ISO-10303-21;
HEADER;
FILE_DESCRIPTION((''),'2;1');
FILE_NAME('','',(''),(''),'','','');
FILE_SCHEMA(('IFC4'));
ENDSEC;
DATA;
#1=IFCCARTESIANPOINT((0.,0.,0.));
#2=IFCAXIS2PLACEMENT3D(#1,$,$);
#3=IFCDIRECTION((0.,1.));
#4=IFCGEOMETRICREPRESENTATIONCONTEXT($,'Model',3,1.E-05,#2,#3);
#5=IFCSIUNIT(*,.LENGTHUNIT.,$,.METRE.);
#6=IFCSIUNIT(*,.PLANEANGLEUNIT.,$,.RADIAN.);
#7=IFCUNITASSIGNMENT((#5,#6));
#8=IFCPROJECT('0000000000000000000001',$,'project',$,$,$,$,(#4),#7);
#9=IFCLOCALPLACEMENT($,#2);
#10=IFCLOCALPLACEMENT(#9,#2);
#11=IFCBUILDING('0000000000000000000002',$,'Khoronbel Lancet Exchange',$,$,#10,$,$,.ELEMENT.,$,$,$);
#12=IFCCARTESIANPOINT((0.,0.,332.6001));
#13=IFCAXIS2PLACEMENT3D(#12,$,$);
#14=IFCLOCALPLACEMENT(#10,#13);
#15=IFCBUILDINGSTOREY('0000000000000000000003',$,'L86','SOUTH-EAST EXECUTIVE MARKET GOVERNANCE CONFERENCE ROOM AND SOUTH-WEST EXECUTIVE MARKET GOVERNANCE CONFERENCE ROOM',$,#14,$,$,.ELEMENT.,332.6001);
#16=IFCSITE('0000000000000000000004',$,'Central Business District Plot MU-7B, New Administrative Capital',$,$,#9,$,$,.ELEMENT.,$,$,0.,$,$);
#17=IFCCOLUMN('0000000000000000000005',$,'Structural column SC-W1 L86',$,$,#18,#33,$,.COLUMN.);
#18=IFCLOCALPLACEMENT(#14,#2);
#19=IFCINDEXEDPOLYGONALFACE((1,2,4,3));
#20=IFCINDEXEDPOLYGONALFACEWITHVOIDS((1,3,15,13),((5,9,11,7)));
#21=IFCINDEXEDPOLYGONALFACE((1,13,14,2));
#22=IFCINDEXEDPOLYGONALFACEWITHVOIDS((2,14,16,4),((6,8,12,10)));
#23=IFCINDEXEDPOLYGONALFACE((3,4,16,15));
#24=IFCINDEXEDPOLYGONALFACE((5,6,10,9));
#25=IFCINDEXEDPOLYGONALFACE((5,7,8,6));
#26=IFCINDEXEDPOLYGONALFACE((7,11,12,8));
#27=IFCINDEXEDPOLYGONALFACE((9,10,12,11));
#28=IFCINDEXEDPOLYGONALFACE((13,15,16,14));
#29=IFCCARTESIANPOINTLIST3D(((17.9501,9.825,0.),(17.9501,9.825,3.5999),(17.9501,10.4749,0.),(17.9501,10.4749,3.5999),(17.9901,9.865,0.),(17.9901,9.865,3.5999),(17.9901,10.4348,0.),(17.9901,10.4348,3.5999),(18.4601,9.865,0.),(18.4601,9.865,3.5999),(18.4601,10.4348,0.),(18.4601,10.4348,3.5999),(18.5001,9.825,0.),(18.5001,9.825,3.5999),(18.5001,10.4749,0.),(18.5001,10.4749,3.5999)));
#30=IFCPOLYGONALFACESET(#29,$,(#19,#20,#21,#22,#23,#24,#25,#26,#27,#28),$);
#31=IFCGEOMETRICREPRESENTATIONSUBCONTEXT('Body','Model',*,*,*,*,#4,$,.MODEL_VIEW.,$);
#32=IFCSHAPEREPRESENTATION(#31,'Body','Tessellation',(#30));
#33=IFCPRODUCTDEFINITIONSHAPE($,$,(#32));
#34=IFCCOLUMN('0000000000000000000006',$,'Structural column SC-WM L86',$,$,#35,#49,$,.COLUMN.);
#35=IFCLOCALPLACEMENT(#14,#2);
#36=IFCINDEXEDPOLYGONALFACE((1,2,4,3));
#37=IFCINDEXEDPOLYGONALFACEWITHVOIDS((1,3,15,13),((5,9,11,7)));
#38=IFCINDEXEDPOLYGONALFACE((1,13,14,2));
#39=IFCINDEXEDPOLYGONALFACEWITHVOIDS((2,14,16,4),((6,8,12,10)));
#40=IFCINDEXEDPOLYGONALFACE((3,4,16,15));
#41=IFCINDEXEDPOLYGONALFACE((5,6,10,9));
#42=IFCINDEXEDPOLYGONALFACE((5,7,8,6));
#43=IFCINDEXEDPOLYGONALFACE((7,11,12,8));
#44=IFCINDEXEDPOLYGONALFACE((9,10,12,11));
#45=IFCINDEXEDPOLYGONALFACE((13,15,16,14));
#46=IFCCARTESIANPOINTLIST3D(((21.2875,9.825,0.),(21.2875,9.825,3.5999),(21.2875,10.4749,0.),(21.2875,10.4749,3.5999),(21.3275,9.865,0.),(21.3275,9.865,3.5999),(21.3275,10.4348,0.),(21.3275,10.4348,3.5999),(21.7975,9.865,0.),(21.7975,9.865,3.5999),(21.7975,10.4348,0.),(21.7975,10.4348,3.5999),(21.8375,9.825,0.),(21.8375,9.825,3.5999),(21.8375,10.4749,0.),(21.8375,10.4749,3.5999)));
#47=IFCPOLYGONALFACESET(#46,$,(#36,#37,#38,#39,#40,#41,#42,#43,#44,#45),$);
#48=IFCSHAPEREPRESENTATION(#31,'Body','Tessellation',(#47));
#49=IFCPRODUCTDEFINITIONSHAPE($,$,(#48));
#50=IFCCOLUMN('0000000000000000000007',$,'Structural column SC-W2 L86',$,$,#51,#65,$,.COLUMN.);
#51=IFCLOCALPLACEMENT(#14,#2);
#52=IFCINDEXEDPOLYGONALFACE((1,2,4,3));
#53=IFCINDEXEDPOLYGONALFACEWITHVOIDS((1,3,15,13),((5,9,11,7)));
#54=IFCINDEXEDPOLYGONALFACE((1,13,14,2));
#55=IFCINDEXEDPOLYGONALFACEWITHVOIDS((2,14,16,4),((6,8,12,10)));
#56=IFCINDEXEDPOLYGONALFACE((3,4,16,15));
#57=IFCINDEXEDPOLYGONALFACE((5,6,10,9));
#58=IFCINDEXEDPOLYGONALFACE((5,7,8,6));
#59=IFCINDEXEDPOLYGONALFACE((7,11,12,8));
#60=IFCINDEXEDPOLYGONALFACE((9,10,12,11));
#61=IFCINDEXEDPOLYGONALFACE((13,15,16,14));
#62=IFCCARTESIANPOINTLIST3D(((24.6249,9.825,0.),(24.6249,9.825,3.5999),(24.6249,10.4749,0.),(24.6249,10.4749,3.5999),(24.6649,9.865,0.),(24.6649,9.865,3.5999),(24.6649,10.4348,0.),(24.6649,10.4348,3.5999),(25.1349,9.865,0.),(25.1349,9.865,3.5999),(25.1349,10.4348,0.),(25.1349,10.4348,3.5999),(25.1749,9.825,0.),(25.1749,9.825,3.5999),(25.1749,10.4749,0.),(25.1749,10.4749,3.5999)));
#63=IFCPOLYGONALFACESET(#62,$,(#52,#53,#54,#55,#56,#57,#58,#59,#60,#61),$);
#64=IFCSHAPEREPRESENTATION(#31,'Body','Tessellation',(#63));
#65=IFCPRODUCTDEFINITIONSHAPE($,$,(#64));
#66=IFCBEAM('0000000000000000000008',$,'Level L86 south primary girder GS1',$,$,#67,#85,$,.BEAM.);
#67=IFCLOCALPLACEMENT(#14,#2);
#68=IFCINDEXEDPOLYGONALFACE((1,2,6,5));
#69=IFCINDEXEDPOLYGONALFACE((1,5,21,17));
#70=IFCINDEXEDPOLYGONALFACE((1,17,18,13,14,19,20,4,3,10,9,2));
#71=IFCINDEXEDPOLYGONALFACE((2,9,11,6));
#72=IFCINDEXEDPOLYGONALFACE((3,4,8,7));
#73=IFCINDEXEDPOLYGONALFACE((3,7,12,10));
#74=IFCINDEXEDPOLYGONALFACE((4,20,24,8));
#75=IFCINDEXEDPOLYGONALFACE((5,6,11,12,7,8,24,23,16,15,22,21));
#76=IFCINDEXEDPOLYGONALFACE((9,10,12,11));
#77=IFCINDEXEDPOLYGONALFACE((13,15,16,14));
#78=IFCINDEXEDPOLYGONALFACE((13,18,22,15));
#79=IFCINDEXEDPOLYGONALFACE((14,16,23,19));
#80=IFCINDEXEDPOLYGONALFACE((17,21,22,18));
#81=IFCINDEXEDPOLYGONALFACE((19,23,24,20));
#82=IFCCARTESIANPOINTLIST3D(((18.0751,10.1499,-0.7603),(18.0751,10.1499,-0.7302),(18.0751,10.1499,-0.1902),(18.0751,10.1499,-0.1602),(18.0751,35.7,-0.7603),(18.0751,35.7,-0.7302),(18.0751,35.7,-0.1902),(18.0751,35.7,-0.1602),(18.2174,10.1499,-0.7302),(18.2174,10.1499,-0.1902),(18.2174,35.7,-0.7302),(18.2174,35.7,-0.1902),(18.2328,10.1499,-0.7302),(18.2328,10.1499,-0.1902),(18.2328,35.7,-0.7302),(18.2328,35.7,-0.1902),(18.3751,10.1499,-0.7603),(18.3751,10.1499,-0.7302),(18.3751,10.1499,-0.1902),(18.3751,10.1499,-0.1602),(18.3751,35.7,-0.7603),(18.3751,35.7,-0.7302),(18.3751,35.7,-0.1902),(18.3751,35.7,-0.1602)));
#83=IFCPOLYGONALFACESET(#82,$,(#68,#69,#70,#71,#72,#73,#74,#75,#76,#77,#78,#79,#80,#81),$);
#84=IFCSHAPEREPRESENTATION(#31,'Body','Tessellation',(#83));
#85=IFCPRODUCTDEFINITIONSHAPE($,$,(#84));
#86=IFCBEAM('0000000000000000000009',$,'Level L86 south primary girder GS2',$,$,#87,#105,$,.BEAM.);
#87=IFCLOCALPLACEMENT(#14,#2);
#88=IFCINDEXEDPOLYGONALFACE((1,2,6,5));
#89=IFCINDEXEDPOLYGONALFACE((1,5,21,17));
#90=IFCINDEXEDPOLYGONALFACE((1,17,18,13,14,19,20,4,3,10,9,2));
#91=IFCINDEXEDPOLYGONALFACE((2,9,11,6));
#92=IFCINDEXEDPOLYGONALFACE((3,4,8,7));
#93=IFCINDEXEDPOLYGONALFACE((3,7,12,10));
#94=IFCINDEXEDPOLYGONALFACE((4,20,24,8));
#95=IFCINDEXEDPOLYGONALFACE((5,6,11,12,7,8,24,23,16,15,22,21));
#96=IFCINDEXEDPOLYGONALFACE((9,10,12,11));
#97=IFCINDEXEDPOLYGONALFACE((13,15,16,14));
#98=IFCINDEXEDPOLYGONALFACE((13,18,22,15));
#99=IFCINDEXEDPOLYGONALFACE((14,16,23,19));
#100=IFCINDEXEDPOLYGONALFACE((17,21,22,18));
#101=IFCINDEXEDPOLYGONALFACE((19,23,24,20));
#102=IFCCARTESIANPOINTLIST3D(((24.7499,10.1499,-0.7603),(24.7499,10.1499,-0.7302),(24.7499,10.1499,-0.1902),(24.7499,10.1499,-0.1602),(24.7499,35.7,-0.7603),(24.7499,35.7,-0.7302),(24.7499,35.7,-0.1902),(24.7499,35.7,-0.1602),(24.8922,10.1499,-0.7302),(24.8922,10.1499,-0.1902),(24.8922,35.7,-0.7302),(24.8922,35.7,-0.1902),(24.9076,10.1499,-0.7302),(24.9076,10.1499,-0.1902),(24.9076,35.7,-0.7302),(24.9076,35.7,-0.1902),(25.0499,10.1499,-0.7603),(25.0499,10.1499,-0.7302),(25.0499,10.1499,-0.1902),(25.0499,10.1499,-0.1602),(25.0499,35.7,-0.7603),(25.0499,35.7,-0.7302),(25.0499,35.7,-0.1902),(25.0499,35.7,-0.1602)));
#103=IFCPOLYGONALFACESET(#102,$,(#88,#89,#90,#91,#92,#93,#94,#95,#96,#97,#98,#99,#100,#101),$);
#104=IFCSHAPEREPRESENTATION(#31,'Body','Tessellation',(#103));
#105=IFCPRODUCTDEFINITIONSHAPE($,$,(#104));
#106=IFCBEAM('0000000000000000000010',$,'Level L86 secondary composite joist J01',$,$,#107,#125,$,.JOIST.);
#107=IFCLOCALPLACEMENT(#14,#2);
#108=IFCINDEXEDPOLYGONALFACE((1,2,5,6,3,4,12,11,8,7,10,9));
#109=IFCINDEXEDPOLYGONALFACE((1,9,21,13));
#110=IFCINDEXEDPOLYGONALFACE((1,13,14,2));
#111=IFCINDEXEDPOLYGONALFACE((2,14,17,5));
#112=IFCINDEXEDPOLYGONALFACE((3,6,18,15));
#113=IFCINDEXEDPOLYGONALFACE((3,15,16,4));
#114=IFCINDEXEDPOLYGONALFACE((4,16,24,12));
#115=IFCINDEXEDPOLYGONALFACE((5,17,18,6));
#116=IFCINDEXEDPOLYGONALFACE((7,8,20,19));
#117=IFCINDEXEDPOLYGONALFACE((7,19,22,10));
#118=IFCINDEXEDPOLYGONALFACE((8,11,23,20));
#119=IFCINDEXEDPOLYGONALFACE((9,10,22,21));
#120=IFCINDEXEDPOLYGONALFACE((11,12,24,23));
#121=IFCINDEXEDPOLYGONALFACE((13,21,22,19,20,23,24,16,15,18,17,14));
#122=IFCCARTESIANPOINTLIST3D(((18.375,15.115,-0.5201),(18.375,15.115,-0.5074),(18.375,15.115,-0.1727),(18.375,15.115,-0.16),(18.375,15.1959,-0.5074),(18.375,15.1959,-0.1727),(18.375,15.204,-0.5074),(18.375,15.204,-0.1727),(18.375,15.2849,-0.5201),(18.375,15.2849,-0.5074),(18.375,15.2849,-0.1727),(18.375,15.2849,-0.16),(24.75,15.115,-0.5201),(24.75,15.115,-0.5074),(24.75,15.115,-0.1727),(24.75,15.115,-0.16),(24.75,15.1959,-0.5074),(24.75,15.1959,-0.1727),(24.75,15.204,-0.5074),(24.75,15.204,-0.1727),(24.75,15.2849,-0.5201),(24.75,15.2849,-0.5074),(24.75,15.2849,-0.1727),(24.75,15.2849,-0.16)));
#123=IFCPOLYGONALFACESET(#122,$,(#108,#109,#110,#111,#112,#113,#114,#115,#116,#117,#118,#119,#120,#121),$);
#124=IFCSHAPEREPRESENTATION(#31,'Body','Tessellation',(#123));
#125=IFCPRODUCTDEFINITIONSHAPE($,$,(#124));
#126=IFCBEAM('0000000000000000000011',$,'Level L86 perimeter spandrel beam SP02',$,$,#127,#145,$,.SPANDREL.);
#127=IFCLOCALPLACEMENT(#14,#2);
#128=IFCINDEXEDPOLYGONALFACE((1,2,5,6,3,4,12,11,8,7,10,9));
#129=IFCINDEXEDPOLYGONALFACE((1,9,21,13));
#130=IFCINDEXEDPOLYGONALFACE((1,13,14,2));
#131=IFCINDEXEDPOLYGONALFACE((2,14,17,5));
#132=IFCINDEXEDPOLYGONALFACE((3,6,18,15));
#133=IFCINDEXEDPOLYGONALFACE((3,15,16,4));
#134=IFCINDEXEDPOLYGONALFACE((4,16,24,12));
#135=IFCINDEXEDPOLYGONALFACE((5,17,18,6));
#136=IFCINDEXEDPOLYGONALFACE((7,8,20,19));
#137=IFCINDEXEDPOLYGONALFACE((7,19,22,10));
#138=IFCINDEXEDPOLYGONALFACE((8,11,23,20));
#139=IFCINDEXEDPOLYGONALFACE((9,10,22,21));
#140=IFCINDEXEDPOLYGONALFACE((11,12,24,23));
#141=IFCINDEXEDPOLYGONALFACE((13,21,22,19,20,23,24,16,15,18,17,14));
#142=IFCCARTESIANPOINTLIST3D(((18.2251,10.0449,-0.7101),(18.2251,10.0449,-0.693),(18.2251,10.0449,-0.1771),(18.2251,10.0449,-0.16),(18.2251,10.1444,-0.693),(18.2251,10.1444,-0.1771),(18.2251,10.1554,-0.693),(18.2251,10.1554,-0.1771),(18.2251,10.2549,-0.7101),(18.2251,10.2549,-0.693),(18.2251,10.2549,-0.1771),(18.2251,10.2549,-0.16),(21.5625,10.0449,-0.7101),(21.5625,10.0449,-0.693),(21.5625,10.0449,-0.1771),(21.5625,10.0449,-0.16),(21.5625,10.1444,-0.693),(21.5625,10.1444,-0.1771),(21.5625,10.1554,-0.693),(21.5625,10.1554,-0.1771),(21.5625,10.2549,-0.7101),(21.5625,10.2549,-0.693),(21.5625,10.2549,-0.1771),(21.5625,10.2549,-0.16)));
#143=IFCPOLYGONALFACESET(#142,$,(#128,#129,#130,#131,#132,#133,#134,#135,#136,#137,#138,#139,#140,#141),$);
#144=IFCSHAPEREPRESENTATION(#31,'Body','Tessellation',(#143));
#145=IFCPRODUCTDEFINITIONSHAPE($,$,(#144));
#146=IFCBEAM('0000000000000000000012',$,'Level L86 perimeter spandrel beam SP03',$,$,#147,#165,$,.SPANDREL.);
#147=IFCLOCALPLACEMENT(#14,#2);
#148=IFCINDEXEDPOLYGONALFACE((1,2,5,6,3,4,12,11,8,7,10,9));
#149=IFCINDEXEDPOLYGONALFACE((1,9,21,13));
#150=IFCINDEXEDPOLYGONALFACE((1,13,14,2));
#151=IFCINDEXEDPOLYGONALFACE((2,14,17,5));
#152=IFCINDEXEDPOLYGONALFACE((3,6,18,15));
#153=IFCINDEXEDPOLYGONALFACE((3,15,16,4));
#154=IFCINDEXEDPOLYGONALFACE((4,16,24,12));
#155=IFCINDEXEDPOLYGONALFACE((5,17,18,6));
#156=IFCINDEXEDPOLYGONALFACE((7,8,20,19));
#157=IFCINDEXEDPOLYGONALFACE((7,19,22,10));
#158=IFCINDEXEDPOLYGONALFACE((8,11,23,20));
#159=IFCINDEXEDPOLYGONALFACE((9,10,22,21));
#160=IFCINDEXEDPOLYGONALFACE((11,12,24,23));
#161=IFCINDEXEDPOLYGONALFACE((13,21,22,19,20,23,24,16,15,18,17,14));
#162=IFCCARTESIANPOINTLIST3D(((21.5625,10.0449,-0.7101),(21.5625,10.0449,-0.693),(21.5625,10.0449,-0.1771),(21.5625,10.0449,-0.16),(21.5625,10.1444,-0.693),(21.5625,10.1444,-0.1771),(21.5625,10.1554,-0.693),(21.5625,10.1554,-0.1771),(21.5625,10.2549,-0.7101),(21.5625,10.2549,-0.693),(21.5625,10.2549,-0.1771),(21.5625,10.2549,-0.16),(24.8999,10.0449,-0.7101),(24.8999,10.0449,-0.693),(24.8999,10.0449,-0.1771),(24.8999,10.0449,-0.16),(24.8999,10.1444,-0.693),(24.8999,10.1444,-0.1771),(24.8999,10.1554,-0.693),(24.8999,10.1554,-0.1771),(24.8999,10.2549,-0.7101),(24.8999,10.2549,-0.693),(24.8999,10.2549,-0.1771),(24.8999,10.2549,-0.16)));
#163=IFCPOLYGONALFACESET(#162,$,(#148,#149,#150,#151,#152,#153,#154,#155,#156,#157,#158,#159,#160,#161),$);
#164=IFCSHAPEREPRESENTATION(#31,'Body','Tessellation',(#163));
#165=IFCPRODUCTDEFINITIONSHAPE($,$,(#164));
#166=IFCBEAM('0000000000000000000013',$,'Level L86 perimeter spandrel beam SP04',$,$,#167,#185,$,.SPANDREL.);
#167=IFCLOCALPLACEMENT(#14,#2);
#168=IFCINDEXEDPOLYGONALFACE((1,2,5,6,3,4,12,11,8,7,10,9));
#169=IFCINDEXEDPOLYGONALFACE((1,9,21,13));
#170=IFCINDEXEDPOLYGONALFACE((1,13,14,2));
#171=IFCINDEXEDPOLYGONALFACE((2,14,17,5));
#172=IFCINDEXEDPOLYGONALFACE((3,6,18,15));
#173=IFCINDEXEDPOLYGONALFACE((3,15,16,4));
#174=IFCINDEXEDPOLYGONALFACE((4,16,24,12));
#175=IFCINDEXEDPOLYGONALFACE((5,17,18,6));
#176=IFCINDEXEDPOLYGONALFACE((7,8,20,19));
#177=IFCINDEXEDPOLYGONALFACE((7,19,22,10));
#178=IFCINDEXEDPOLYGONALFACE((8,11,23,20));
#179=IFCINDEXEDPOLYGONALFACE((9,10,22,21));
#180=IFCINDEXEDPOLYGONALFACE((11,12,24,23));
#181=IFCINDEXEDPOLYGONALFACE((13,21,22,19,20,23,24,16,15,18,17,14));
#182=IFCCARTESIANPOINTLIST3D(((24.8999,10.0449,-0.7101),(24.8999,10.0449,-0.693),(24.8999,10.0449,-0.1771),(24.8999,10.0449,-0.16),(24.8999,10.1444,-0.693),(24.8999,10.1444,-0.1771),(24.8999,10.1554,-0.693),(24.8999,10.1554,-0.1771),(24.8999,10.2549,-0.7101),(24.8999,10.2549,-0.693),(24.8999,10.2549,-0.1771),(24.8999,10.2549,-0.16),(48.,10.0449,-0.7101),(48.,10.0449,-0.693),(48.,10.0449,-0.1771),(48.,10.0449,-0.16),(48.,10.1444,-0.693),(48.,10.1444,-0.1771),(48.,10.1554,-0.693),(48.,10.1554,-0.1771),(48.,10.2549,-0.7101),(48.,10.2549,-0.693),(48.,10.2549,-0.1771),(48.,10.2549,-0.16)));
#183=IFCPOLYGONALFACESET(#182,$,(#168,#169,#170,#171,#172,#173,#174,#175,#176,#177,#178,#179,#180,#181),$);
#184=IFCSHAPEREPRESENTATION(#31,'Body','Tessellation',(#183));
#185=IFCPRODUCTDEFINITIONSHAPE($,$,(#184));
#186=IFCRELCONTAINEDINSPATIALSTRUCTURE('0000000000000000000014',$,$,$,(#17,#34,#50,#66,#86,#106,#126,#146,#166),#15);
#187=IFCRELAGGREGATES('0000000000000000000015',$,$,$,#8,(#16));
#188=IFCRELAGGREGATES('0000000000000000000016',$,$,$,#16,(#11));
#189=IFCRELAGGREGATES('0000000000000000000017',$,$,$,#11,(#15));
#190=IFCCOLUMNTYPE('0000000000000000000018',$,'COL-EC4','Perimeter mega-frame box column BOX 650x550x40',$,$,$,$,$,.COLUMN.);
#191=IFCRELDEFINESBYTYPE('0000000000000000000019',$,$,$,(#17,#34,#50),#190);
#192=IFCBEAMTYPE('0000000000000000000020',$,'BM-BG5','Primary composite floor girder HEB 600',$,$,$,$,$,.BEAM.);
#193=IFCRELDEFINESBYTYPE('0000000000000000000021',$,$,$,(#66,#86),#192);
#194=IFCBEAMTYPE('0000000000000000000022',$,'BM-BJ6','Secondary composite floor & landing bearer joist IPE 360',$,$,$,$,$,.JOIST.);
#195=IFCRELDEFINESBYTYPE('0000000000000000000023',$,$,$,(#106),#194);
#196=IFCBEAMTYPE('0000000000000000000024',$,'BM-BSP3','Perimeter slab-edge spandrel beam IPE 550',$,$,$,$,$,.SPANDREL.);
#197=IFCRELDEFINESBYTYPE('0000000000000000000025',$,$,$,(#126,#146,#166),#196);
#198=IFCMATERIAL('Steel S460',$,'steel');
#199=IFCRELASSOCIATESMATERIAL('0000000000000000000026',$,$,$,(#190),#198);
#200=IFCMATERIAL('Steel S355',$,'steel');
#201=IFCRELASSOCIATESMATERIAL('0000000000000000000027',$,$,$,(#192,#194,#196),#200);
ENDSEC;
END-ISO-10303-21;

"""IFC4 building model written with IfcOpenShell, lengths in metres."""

from ifc_helpers import new_model, si_unit, direction, frame, origin, origin_2d, place, context, subcontext, project, spatial, hollow_rectangle, i_section, extrude, material, material_profile, profile_set, type_object, element, save


model = new_model("IFC4")

# Units and contexts
model_context = context("Model", 3, precision=1e-05, world=origin(), true_north=direction((0.0, 1.0)))
body_context = subcontext(model_context, "Body", "Model", "MODEL_VIEW")
ifc_project = project(units=[si_unit("LENGTHUNIT", "METRE"), si_unit("PLANEANGLEUNIT", "RADIAN")], contexts=[model_context])

# Site, building, storey
site_placement = place(None, origin())
site = spatial("IfcSite", under=ifc_project, at=site_placement, Name="Central Business District Plot MU-7B, New Administrative Capital", CompositionType="ELEMENT", RefElevation=0.0)
building_placement = place(site_placement, origin())
building = spatial("IfcBuilding", under=site, at=building_placement, Name="Khoronbel Lancet Exchange", CompositionType="ELEMENT")
storey_placement = place(building_placement, frame((0.0, 0.0, 332.6001)))
storey = spatial("IfcBuildingStorey", under=building, at=storey_placement, Name="L86", Description="SOUTH-EAST EXECUTIVE MARKET GOVERNANCE CONFERENCE ROOM AND SOUTH-WEST EXECUTIVE MARKET GOVERNANCE CONFERENCE ROOM", CompositionType="ELEMENT", Elevation=332.6001)

# Columns
ifc_material_1 = material(Name="Steel S460", Category="steel")
ifc_material_profile_1 = material_profile(ifc_material_1, hollow_rectangle(XDim=0.55, YDim=0.6499, WallThickness=0.04, at=origin_2d()), Name="BOX 650x550x40")
ifc_profile_set_1 = profile_set([ifc_material_profile_1], Name="Steel S460")
column_type = type_object("IfcColumnType", Name="COL-EC4", Description="Perimeter mega-frame box column BOX 650x550x40", PredefinedType="COLUMN", material=ifc_profile_set_1)
for number, where, z_axis, x_axis, name in (
    (1, (18.2251, 10.1499, 0.0), (0.0, 0.0, 1.0), (1.0, 0.0, 0.0), "Structural column SC-W1 L86"),
    (2, (21.5625, 10.1499, 0.0), (0.0, 0.0, 1.0), (1.0, 0.0, 0.0), "Structural column SC-WM L86"),
    (3, (24.8999, 10.1499, 0.0), (0.0, 0.0, 1.0), (1.0, 0.0, 0.0), "Structural column SC-W2 L86"),
):
    element("IfcColumn", number, at=place(storey_placement, frame(where, z_axis=z_axis, x_axis=x_axis)), inside=storey, type_object=column_type, Name=name, PredefinedType="COLUMN", context=body_context, shape_type="SweptSolid", body=[
        extrude(hollow_rectangle(XDim=0.55, YDim=0.6499, WallThickness=0.04, at=origin_2d()), origin(), (0.0, 0.0, 1.0), 3.5999),
    ])

# Beams
ifc_material_2 = material(Name="Steel S355", Category="steel")
ifc_material_profile_2 = material_profile(ifc_material_2, i_section(OverallWidth=0.3, OverallDepth=0.6001, WebThickness=0.0154, FlangeThickness=0.03, at=origin_2d()), Name="HEB 600")
ifc_profile_set_2 = profile_set([ifc_material_profile_2], Name="Steel S355")
beam_type_1 = type_object("IfcBeamType", Name="BM-BG5", Description="Primary composite floor girder HEB 600", PredefinedType="BEAM", material=ifc_profile_set_2)
for number, where, z_axis, x_axis, name in (
    (4, (18.2251, 10.1499, -0.4602), (0.0, 1.0, 0.0), (-1.0, 0.0, 0.0), "Level L86 south primary girder GS1"),
    (5, (24.8999, 10.1499, -0.4602), (0.0, 1.0, 0.0), (-1.0, 0.0, 0.0), "Level L86 south primary girder GS2"),
):
    element("IfcBeam", number, at=place(storey_placement, frame(where, z_axis=z_axis, x_axis=x_axis)), inside=storey, type_object=beam_type_1, Name=name, PredefinedType="BEAM", context=body_context, shape_type="SweptSolid", body=[
        extrude(i_section(OverallWidth=0.3, OverallDepth=0.6001, WebThickness=0.0154, FlangeThickness=0.03, at=origin_2d()), origin(), (0.0, 0.0, 1.0), 25.55),
    ])
ifc_material_profile_3 = material_profile(ifc_material_2, i_section(OverallWidth=0.1699, OverallDepth=0.3601, WebThickness=0.0081, FlangeThickness=0.0127, at=origin_2d()), Name="IPE 360")
ifc_profile_set_3 = profile_set([ifc_material_profile_3], Name="Steel S355")
beam_type_2 = type_object("IfcBeamType", Name="BM-BJ6", Description="Secondary composite floor & landing bearer joist IPE 360", PredefinedType="JOIST", material=ifc_profile_set_3)
beam_1_placement = place(storey_placement, frame((18.375, 15.2, -0.3401), z_axis=(1.0, 0.0, 0.0), x_axis=(0.0, 1.0, 0.0)))
element("IfcBeam", 6, at=beam_1_placement, inside=storey, type_object=beam_type_2, Name="Level L86 secondary composite joist J01", PredefinedType="JOIST", context=body_context, shape_type="SweptSolid", body=[
    extrude(i_section(OverallWidth=0.1699, OverallDepth=0.3601, WebThickness=0.0081, FlangeThickness=0.0127, at=origin_2d()), origin(), (0.0, 0.0, 1.0), 6.375),
])
ifc_material_profile_4 = material_profile(ifc_material_2, i_section(OverallWidth=0.21, OverallDepth=0.55, WebThickness=0.011, FlangeThickness=0.0171, at=origin_2d()), Name="IPE 550")
ifc_profile_set_4 = profile_set([ifc_material_profile_4], Name="Steel S355")
beam_type_3 = type_object("IfcBeamType", Name="BM-BSP3", Description="Perimeter slab-edge spandrel beam IPE 550", PredefinedType="SPANDREL", material=ifc_profile_set_4)
for number, where, z_axis, x_axis, name in (
    (7, (18.2251, 10.1499, -0.4351), (1.0, 0.0, 0.0), (0.0, 1.0, 0.0), "Level L86 perimeter spandrel beam SP02"),
    (8, (21.5625, 10.1499, -0.4351), (1.0, 0.0, 0.0), (0.0, 1.0, 0.0), "Level L86 perimeter spandrel beam SP03"),
):
    element("IfcBeam", number, at=place(storey_placement, frame(where, z_axis=z_axis, x_axis=x_axis)), inside=storey, type_object=beam_type_3, Name=name, PredefinedType="SPANDREL", context=body_context, shape_type="SweptSolid", body=[
        extrude(i_section(OverallWidth=0.21, OverallDepth=0.55, WebThickness=0.011, FlangeThickness=0.0171, at=origin_2d()), origin(), (0.0, 0.0, 1.0), 3.3374),
    ])
beam_2_placement = place(storey_placement, frame((24.8999, 10.1499, -0.4351), z_axis=(1.0, 0.0, 0.0), x_axis=(0.0, 1.0, 0.0)))
element("IfcBeam", 9, at=beam_2_placement, inside=storey, type_object=beam_type_3, Name="Level L86 perimeter spandrel beam SP04", PredefinedType="SPANDREL", context=body_context, shape_type="SweptSolid", body=[
    extrude(i_section(OverallWidth=0.21, OverallDepth=0.55, WebThickness=0.011, FlangeThickness=0.0171, at=origin_2d()), origin(), (0.0, 0.0, 1.0), 23.1001),
])

save(model, "model.ifc")
